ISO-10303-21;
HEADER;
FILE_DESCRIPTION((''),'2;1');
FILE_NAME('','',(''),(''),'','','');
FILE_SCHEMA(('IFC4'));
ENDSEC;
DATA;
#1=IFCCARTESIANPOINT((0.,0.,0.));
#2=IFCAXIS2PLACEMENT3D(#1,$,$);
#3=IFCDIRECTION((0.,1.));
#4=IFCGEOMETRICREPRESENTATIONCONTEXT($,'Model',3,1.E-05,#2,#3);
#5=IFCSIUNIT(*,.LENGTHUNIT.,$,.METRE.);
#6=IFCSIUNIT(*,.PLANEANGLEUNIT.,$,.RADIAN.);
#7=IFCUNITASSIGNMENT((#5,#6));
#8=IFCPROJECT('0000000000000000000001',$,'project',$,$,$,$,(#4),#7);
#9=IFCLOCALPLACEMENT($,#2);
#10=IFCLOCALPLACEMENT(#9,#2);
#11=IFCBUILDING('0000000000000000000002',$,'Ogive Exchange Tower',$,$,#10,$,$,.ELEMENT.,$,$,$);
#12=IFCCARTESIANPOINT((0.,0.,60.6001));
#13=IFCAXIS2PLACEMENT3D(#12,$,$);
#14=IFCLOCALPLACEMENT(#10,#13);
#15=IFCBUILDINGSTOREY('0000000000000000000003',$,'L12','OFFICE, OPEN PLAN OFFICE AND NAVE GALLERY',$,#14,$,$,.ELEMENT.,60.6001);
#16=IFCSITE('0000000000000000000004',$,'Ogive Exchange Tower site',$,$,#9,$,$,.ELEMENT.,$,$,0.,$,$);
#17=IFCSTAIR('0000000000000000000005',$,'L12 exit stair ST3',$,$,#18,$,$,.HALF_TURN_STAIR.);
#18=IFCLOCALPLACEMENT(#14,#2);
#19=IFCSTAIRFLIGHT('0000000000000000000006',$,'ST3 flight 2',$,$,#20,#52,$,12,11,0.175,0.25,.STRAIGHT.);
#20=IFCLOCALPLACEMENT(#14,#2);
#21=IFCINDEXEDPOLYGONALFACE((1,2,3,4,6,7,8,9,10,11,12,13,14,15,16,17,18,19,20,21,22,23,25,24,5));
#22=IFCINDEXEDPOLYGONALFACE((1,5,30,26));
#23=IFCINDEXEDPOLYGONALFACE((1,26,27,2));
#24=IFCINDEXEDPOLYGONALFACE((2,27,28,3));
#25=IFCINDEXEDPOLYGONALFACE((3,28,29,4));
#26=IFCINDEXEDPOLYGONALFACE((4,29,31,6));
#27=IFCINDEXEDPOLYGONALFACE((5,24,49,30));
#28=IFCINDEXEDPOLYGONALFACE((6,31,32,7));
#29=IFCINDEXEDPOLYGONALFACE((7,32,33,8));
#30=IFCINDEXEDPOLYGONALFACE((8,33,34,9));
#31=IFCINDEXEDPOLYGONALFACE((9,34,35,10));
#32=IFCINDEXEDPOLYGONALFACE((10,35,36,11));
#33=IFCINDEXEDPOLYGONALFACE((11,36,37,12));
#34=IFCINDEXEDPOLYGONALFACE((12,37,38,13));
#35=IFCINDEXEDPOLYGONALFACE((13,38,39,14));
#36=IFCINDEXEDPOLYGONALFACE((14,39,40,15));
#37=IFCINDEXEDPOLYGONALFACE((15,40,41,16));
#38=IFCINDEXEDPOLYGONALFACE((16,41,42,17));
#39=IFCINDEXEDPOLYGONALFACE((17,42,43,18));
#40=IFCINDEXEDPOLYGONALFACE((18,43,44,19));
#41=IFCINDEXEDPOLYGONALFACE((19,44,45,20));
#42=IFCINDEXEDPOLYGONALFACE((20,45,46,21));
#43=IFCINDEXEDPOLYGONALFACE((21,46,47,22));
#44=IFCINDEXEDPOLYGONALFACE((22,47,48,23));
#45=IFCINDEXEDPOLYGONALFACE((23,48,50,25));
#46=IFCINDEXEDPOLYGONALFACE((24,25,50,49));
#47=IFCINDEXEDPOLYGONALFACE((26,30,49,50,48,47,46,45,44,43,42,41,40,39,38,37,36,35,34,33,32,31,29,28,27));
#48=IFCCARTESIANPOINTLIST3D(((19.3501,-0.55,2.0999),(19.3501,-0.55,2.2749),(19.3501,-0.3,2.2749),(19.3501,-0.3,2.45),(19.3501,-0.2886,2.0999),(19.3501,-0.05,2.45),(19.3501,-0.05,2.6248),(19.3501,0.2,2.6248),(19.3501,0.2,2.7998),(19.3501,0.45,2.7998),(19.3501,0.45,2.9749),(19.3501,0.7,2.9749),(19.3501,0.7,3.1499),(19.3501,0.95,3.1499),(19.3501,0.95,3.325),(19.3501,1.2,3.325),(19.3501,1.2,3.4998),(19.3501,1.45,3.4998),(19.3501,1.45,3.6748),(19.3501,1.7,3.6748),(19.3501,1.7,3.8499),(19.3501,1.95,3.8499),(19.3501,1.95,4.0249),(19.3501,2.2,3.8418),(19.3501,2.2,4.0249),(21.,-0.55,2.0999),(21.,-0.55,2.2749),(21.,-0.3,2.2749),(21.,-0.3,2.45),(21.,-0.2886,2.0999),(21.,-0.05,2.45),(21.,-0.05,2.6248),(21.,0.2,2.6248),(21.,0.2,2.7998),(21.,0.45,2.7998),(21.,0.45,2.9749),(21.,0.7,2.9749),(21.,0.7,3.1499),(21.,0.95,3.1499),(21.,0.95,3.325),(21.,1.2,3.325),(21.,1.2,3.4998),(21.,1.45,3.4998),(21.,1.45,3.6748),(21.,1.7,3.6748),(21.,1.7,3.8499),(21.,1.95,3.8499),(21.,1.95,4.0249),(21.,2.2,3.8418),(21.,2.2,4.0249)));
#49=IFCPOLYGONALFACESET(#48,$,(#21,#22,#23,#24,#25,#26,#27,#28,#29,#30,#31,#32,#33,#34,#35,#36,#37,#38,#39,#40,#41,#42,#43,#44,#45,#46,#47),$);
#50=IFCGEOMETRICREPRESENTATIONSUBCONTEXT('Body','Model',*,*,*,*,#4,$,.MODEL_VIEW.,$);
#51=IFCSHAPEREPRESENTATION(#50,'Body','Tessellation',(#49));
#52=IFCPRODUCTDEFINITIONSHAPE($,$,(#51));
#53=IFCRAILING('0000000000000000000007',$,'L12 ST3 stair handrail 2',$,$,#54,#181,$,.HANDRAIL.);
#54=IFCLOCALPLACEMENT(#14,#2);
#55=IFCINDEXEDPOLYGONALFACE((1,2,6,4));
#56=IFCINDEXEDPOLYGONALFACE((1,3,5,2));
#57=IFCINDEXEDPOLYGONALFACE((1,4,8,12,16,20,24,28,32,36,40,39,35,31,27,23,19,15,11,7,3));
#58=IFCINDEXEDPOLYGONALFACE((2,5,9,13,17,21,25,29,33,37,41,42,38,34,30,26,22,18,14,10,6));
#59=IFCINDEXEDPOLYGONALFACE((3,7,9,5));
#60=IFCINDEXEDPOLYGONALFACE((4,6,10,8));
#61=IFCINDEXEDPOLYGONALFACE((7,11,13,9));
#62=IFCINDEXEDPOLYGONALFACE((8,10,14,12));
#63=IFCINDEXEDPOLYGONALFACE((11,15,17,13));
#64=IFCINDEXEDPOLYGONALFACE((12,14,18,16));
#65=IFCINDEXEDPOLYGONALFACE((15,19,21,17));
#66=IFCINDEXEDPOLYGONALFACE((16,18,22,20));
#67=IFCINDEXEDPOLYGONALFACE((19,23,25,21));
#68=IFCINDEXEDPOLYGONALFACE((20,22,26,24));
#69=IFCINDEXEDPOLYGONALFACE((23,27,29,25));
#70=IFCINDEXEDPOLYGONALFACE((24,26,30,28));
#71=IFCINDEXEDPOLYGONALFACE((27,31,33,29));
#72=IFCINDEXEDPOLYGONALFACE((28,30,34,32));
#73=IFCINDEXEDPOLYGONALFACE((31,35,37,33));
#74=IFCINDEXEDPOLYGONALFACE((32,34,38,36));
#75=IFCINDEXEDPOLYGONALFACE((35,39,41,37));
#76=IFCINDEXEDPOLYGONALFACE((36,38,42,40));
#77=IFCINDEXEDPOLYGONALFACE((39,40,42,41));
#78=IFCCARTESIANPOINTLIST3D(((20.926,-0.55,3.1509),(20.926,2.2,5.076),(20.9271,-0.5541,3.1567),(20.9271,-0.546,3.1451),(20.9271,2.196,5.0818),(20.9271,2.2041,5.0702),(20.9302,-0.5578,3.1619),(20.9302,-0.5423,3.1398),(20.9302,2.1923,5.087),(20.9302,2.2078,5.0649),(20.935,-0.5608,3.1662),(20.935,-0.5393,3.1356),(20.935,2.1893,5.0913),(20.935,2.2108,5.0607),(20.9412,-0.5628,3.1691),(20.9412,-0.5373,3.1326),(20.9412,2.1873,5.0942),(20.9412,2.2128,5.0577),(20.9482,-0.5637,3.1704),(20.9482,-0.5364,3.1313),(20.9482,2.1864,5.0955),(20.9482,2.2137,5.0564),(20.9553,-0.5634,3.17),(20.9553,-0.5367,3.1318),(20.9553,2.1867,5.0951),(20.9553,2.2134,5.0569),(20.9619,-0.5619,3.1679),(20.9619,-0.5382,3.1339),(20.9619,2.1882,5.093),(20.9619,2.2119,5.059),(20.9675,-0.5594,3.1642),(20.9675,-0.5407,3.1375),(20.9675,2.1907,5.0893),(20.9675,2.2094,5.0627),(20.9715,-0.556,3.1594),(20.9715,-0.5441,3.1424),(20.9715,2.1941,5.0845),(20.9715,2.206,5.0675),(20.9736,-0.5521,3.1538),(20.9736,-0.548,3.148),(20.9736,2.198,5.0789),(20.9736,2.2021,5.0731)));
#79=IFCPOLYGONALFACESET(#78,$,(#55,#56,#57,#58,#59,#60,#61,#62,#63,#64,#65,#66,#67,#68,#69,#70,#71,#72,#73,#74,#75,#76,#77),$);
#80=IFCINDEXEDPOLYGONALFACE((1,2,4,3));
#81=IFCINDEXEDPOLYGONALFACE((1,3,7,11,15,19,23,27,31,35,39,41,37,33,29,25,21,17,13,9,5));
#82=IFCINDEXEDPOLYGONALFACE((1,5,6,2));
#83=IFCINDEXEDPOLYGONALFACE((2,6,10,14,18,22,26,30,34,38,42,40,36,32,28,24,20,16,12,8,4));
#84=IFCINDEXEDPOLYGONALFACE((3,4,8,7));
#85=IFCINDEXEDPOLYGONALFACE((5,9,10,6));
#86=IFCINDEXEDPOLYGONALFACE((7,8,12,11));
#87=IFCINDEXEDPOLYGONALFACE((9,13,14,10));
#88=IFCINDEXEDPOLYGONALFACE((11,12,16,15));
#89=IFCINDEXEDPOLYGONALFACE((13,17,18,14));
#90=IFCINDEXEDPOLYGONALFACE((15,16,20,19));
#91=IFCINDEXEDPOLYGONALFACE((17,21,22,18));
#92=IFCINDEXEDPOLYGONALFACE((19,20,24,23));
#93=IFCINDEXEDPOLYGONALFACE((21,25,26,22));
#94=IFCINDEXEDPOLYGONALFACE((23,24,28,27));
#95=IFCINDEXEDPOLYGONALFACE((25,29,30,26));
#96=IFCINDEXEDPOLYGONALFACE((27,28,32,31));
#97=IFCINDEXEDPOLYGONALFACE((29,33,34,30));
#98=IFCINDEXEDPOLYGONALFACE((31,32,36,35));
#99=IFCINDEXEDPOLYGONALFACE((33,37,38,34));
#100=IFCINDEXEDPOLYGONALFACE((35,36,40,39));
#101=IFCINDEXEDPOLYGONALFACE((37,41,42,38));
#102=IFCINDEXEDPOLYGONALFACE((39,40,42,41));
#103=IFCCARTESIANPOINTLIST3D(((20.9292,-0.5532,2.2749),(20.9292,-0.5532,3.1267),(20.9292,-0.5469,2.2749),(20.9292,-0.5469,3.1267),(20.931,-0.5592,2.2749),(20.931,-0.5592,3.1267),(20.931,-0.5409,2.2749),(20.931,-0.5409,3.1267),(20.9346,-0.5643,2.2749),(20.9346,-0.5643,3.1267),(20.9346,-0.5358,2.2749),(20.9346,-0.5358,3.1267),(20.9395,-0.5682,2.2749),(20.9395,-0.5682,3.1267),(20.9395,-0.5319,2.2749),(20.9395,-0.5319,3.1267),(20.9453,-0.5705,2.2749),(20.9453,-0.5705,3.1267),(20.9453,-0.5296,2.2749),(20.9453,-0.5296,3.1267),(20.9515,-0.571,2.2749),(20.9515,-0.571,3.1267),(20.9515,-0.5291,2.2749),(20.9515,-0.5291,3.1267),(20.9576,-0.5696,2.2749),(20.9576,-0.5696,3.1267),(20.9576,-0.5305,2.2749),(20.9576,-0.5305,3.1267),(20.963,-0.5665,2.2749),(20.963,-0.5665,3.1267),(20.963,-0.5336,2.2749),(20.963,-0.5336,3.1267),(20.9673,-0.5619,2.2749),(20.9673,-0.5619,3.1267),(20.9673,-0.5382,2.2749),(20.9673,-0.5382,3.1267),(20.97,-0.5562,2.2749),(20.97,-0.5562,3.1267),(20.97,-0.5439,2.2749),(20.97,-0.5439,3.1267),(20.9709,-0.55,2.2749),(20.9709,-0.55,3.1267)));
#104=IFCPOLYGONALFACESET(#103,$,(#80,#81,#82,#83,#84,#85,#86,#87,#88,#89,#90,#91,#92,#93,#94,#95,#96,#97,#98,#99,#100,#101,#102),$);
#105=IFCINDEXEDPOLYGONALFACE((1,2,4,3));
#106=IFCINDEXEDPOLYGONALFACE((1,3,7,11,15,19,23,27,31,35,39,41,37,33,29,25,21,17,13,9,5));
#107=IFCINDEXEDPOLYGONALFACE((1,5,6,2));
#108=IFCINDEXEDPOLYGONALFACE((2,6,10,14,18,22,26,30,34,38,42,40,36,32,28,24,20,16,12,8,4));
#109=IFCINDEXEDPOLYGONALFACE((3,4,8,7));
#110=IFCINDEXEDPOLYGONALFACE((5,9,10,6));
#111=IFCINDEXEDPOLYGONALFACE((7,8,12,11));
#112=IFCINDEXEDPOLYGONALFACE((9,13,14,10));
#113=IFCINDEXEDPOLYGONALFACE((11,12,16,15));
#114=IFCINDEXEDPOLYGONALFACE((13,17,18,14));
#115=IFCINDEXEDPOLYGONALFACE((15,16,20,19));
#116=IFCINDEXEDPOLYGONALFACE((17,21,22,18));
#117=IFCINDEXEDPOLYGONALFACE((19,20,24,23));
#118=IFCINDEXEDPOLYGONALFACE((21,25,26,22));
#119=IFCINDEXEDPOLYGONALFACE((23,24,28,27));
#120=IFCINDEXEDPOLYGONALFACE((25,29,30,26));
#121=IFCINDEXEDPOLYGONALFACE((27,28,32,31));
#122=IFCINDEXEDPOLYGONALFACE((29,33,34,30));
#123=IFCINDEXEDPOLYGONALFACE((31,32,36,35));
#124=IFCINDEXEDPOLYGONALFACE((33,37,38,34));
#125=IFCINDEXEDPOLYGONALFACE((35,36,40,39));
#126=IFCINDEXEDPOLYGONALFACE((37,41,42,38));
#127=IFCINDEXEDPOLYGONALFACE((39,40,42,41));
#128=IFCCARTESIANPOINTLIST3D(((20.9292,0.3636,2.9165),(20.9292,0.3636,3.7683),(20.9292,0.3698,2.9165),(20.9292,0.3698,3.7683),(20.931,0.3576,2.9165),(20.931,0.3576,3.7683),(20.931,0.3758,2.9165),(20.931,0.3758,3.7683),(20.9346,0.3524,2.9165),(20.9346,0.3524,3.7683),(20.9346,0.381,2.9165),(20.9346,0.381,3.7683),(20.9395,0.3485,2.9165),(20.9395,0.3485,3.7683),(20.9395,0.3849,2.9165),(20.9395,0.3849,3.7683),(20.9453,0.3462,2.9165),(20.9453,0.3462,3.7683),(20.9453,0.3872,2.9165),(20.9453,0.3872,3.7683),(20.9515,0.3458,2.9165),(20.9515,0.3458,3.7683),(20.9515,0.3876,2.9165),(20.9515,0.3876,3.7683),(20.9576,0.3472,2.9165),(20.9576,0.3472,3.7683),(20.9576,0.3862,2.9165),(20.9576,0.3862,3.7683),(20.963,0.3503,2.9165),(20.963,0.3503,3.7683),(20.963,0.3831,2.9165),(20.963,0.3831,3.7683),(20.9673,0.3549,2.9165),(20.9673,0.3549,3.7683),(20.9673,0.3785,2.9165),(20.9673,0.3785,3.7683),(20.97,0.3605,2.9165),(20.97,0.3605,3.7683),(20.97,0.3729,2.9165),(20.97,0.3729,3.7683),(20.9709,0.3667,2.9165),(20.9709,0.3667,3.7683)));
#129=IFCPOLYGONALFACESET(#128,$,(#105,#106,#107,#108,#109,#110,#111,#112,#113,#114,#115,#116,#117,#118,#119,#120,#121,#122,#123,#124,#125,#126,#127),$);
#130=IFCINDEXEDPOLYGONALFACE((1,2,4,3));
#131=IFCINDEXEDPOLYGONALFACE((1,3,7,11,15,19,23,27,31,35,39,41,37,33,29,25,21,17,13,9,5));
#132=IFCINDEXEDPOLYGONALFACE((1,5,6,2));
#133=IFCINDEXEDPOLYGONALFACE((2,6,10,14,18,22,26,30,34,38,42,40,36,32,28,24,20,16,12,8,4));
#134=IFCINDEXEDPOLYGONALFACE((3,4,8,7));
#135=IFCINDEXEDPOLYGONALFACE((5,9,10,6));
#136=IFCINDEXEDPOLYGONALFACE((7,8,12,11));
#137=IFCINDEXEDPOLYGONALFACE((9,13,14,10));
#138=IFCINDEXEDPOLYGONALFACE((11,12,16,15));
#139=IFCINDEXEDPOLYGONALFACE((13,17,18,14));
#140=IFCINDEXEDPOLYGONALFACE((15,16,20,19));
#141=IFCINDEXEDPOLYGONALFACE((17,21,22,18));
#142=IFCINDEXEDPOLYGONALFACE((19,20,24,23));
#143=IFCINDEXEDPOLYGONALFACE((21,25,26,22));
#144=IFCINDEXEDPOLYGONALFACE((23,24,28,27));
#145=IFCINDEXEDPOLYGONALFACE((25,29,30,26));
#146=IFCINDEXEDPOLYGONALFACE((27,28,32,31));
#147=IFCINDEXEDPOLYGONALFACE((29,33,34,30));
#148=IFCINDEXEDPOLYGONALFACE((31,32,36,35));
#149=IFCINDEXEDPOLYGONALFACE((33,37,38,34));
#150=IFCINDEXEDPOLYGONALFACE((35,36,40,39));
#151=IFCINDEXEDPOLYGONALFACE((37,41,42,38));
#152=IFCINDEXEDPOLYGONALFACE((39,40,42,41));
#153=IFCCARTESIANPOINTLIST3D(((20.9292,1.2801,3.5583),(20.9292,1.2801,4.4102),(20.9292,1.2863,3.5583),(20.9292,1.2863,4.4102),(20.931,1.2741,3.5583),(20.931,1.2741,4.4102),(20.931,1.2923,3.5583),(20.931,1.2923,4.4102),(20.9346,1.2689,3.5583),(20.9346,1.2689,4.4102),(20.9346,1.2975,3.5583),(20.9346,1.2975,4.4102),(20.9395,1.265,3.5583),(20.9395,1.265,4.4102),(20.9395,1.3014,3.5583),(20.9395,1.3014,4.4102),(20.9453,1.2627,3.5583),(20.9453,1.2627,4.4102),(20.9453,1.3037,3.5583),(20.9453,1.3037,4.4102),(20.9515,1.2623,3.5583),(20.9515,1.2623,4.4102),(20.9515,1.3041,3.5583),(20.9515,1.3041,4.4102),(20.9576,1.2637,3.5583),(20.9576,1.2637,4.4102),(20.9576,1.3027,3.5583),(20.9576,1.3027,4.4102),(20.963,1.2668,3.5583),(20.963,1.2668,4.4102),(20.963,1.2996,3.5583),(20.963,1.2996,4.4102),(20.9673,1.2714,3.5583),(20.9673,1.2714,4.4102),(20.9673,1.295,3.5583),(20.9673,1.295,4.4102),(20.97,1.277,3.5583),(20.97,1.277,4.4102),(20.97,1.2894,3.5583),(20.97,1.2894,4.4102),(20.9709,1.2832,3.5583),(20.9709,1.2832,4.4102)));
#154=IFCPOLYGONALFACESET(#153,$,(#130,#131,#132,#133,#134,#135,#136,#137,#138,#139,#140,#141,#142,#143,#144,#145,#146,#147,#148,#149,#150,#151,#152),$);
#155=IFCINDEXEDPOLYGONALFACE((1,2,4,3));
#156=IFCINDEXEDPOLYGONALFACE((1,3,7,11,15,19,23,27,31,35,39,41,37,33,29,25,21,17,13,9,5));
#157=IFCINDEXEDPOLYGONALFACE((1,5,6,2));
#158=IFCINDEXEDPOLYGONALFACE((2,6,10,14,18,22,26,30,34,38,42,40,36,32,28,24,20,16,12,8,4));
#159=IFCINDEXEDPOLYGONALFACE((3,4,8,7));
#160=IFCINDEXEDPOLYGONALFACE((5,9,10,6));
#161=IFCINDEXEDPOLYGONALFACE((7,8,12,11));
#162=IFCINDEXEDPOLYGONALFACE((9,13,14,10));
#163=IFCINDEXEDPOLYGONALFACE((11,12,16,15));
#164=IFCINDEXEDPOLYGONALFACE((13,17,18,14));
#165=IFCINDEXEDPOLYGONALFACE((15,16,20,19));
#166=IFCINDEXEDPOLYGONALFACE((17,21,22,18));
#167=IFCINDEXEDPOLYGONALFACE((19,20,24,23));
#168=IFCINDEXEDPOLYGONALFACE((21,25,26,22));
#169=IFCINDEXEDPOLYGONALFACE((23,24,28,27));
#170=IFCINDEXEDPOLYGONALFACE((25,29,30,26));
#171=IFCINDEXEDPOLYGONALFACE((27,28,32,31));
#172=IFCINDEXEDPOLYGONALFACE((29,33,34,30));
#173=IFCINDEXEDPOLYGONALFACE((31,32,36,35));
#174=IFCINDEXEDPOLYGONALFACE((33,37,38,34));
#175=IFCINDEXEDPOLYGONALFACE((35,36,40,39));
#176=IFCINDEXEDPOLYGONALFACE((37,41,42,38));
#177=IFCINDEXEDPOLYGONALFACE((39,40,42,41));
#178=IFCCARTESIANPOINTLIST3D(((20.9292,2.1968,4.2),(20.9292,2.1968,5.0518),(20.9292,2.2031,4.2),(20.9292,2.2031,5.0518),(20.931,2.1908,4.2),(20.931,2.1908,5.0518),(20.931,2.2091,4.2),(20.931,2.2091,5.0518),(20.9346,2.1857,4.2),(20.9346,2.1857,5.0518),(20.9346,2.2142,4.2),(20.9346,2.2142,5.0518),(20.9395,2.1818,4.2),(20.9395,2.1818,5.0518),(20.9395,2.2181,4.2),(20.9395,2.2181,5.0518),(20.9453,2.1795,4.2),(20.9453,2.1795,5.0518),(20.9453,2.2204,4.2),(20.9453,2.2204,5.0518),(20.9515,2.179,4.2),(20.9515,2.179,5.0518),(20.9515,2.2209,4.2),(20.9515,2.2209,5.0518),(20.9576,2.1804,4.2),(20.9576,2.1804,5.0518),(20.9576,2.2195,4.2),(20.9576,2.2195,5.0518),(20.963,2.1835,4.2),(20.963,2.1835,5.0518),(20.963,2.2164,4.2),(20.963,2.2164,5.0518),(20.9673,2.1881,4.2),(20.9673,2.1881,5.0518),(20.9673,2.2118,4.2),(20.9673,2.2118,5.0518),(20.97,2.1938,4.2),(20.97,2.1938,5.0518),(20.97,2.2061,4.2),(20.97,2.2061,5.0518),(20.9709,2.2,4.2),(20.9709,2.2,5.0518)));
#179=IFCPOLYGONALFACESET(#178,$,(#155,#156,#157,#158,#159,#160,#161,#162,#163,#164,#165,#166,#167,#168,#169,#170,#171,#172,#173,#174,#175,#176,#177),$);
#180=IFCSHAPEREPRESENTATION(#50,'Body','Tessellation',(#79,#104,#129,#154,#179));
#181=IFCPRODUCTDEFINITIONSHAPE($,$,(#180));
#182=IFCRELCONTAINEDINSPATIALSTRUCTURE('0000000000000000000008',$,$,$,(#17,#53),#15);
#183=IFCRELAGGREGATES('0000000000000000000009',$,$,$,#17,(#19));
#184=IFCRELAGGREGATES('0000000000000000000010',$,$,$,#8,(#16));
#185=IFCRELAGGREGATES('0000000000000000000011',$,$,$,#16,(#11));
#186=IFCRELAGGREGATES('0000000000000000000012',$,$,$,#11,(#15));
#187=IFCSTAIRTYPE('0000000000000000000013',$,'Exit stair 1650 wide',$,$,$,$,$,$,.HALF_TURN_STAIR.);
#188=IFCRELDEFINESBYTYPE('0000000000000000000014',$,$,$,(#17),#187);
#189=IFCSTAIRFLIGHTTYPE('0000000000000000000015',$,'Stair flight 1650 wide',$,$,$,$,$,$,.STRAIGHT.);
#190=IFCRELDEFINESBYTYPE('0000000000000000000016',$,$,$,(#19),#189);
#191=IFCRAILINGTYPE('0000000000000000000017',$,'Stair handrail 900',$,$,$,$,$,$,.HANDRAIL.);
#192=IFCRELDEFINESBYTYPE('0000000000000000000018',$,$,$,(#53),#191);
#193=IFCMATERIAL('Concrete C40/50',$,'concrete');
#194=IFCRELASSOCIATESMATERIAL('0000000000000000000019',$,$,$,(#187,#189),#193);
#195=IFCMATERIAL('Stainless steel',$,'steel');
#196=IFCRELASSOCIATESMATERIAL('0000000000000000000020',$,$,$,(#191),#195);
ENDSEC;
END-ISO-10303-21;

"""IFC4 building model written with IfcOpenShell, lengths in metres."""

from ifc_helpers import new_model, si_unit, direction, frame, origin, origin_2d, place, context, subcontext, project, spatial, polyline, circle, outline, extrude, material, type_object, element, aggregate, save


model = new_model("IFC4")

# Units and contexts
model_context = context("Model", 3, precision=1e-05, world=origin(), true_north=direction((0.0, 1.0)))
body_context = subcontext(model_context, "Body", "Model", "MODEL_VIEW")
ifc_project = project(units=[si_unit("LENGTHUNIT", "METRE"), si_unit("PLANEANGLEUNIT", "RADIAN")], contexts=[model_context])

# Site, building, storey
site_placement = place(None, origin())
site = spatial("IfcSite", under=ifc_project, at=site_placement, Name="Ogive Exchange Tower site", CompositionType="ELEMENT", RefElevation=0.0)
building_placement = place(site_placement, origin())
building = spatial("IfcBuilding", under=site, at=building_placement, Name="Ogive Exchange Tower", CompositionType="ELEMENT")
storey_placement = place(building_placement, frame((0.0, 0.0, 60.6001)))
storey = spatial("IfcBuildingStorey", under=building, at=storey_placement, Name="L12", Description="OFFICE, OPEN PLAN OFFICE AND NAVE GALLERY", CompositionType="ELEMENT", Elevation=60.6001)

# Stair, stair flight
ifc_material_1 = material(Name="Concrete C40/50", Category="concrete")
stair_type = type_object("IfcStairType", Name="Exit stair 1650 wide", PredefinedType="HALF_TURN_STAIR", material=ifc_material_1)
stair_placement = place(storey_placement, origin())
stair = element("IfcStair", 1, at=stair_placement, inside=storey, type_object=stair_type, Name="L12 exit stair ST3", PredefinedType="HALF_TURN_STAIR")
stair_flight_type = type_object("IfcStairFlightType", Name="Stair flight 1650 wide", PredefinedType="STRAIGHT", material=ifc_material_1)
stair_flight_placement = place(storey_placement, frame((20.175, -0.55, 2.0999), z_axis=(0.0, 0.0, 1.0), x_axis=(0.0, 1.0, 0.0)))
stair_flight = element("IfcStairFlight", 2, at=stair_flight_placement, type_object=stair_flight_type, Name="ST3 flight 2", NumberOfRisers=12, NumberOfTreads=11, PredefinedType="STRAIGHT", RiserHeight=0.175, TreadLength=0.25, context=body_context, shape_type="SweptSolid", body=[
    extrude(outline(polyline([(0.0, 0.0), (0.0, 0.175), (0.25, 0.175), (0.25, 0.3501), (0.5, 0.3501), (0.5, 0.5249), (0.75, 0.5249), (0.75, 0.7), (1.0, 0.7), (1.0, 0.875), (1.25, 0.875), (1.25, 1.05), (1.5, 1.05), (1.5, 1.2251), (1.75, 1.2251), (1.75, 1.3999), (2.0, 1.3999), (2.0, 1.575), (2.25, 1.575), (2.25, 1.75), (2.5, 1.75), (2.5, 1.925), (2.75, 1.925), (2.75, 2.1001), (2.75, 1.7419), (0.2615, 0.0), (0.0, 0.0)])), frame((0.0, 0.825, 0.0), z_axis=(0.0, -1.0, 0.0), x_axis=(1.0, 0.0, 0.0)), (0.0, 0.0, 1.0), 1.6499),
])
aggregate(stair, [stair_flight])

# Railing
ifc_material_2 = material(Name="Stainless steel", Category="steel")
railing_type = type_object("IfcRailingType", Name="Stair handrail 900", PredefinedType="HANDRAIL", material=ifc_material_2)
railing_placement = place(storey_placement, frame((20.95, -0.55, 2.2749)))
element("IfcRailing", 3, at=railing_placement, inside=storey, type_object=railing_type, Name="L12 ST3 stair handrail 2", PredefinedType="HANDRAIL", context=body_context, shape_type="SweptSolid", body=[
    extrude(circle(Radius=0.0239, at=origin_2d()), frame((0.0, 0.0, 0.876), z_axis=(0.0, 0.819225, 0.573472), x_axis=(-1.0, 0.0, 0.0)), (0.0, 0.0, 1.0), 3.3569),
    extrude(circle(Radius=0.021, at=origin_2d()), origin(), (0.0, 0.0, 1.0), 0.8518),
    extrude(circle(Radius=0.021, at=origin_2d()), frame((0.0, 0.9167, 0.6416)), (0.0, 0.0, 1.0), 0.8518),
    extrude(circle(Radius=0.021, at=origin_2d()), frame((0.0, 1.8333, 1.2834)), (0.0, 0.0, 1.0), 0.8518),
    extrude(circle(Radius=0.021, at=origin_2d()), frame((0.0, 2.75, 1.925)), (0.0, 0.0, 1.0), 0.8518),
])

save(model, "model.ifc")
